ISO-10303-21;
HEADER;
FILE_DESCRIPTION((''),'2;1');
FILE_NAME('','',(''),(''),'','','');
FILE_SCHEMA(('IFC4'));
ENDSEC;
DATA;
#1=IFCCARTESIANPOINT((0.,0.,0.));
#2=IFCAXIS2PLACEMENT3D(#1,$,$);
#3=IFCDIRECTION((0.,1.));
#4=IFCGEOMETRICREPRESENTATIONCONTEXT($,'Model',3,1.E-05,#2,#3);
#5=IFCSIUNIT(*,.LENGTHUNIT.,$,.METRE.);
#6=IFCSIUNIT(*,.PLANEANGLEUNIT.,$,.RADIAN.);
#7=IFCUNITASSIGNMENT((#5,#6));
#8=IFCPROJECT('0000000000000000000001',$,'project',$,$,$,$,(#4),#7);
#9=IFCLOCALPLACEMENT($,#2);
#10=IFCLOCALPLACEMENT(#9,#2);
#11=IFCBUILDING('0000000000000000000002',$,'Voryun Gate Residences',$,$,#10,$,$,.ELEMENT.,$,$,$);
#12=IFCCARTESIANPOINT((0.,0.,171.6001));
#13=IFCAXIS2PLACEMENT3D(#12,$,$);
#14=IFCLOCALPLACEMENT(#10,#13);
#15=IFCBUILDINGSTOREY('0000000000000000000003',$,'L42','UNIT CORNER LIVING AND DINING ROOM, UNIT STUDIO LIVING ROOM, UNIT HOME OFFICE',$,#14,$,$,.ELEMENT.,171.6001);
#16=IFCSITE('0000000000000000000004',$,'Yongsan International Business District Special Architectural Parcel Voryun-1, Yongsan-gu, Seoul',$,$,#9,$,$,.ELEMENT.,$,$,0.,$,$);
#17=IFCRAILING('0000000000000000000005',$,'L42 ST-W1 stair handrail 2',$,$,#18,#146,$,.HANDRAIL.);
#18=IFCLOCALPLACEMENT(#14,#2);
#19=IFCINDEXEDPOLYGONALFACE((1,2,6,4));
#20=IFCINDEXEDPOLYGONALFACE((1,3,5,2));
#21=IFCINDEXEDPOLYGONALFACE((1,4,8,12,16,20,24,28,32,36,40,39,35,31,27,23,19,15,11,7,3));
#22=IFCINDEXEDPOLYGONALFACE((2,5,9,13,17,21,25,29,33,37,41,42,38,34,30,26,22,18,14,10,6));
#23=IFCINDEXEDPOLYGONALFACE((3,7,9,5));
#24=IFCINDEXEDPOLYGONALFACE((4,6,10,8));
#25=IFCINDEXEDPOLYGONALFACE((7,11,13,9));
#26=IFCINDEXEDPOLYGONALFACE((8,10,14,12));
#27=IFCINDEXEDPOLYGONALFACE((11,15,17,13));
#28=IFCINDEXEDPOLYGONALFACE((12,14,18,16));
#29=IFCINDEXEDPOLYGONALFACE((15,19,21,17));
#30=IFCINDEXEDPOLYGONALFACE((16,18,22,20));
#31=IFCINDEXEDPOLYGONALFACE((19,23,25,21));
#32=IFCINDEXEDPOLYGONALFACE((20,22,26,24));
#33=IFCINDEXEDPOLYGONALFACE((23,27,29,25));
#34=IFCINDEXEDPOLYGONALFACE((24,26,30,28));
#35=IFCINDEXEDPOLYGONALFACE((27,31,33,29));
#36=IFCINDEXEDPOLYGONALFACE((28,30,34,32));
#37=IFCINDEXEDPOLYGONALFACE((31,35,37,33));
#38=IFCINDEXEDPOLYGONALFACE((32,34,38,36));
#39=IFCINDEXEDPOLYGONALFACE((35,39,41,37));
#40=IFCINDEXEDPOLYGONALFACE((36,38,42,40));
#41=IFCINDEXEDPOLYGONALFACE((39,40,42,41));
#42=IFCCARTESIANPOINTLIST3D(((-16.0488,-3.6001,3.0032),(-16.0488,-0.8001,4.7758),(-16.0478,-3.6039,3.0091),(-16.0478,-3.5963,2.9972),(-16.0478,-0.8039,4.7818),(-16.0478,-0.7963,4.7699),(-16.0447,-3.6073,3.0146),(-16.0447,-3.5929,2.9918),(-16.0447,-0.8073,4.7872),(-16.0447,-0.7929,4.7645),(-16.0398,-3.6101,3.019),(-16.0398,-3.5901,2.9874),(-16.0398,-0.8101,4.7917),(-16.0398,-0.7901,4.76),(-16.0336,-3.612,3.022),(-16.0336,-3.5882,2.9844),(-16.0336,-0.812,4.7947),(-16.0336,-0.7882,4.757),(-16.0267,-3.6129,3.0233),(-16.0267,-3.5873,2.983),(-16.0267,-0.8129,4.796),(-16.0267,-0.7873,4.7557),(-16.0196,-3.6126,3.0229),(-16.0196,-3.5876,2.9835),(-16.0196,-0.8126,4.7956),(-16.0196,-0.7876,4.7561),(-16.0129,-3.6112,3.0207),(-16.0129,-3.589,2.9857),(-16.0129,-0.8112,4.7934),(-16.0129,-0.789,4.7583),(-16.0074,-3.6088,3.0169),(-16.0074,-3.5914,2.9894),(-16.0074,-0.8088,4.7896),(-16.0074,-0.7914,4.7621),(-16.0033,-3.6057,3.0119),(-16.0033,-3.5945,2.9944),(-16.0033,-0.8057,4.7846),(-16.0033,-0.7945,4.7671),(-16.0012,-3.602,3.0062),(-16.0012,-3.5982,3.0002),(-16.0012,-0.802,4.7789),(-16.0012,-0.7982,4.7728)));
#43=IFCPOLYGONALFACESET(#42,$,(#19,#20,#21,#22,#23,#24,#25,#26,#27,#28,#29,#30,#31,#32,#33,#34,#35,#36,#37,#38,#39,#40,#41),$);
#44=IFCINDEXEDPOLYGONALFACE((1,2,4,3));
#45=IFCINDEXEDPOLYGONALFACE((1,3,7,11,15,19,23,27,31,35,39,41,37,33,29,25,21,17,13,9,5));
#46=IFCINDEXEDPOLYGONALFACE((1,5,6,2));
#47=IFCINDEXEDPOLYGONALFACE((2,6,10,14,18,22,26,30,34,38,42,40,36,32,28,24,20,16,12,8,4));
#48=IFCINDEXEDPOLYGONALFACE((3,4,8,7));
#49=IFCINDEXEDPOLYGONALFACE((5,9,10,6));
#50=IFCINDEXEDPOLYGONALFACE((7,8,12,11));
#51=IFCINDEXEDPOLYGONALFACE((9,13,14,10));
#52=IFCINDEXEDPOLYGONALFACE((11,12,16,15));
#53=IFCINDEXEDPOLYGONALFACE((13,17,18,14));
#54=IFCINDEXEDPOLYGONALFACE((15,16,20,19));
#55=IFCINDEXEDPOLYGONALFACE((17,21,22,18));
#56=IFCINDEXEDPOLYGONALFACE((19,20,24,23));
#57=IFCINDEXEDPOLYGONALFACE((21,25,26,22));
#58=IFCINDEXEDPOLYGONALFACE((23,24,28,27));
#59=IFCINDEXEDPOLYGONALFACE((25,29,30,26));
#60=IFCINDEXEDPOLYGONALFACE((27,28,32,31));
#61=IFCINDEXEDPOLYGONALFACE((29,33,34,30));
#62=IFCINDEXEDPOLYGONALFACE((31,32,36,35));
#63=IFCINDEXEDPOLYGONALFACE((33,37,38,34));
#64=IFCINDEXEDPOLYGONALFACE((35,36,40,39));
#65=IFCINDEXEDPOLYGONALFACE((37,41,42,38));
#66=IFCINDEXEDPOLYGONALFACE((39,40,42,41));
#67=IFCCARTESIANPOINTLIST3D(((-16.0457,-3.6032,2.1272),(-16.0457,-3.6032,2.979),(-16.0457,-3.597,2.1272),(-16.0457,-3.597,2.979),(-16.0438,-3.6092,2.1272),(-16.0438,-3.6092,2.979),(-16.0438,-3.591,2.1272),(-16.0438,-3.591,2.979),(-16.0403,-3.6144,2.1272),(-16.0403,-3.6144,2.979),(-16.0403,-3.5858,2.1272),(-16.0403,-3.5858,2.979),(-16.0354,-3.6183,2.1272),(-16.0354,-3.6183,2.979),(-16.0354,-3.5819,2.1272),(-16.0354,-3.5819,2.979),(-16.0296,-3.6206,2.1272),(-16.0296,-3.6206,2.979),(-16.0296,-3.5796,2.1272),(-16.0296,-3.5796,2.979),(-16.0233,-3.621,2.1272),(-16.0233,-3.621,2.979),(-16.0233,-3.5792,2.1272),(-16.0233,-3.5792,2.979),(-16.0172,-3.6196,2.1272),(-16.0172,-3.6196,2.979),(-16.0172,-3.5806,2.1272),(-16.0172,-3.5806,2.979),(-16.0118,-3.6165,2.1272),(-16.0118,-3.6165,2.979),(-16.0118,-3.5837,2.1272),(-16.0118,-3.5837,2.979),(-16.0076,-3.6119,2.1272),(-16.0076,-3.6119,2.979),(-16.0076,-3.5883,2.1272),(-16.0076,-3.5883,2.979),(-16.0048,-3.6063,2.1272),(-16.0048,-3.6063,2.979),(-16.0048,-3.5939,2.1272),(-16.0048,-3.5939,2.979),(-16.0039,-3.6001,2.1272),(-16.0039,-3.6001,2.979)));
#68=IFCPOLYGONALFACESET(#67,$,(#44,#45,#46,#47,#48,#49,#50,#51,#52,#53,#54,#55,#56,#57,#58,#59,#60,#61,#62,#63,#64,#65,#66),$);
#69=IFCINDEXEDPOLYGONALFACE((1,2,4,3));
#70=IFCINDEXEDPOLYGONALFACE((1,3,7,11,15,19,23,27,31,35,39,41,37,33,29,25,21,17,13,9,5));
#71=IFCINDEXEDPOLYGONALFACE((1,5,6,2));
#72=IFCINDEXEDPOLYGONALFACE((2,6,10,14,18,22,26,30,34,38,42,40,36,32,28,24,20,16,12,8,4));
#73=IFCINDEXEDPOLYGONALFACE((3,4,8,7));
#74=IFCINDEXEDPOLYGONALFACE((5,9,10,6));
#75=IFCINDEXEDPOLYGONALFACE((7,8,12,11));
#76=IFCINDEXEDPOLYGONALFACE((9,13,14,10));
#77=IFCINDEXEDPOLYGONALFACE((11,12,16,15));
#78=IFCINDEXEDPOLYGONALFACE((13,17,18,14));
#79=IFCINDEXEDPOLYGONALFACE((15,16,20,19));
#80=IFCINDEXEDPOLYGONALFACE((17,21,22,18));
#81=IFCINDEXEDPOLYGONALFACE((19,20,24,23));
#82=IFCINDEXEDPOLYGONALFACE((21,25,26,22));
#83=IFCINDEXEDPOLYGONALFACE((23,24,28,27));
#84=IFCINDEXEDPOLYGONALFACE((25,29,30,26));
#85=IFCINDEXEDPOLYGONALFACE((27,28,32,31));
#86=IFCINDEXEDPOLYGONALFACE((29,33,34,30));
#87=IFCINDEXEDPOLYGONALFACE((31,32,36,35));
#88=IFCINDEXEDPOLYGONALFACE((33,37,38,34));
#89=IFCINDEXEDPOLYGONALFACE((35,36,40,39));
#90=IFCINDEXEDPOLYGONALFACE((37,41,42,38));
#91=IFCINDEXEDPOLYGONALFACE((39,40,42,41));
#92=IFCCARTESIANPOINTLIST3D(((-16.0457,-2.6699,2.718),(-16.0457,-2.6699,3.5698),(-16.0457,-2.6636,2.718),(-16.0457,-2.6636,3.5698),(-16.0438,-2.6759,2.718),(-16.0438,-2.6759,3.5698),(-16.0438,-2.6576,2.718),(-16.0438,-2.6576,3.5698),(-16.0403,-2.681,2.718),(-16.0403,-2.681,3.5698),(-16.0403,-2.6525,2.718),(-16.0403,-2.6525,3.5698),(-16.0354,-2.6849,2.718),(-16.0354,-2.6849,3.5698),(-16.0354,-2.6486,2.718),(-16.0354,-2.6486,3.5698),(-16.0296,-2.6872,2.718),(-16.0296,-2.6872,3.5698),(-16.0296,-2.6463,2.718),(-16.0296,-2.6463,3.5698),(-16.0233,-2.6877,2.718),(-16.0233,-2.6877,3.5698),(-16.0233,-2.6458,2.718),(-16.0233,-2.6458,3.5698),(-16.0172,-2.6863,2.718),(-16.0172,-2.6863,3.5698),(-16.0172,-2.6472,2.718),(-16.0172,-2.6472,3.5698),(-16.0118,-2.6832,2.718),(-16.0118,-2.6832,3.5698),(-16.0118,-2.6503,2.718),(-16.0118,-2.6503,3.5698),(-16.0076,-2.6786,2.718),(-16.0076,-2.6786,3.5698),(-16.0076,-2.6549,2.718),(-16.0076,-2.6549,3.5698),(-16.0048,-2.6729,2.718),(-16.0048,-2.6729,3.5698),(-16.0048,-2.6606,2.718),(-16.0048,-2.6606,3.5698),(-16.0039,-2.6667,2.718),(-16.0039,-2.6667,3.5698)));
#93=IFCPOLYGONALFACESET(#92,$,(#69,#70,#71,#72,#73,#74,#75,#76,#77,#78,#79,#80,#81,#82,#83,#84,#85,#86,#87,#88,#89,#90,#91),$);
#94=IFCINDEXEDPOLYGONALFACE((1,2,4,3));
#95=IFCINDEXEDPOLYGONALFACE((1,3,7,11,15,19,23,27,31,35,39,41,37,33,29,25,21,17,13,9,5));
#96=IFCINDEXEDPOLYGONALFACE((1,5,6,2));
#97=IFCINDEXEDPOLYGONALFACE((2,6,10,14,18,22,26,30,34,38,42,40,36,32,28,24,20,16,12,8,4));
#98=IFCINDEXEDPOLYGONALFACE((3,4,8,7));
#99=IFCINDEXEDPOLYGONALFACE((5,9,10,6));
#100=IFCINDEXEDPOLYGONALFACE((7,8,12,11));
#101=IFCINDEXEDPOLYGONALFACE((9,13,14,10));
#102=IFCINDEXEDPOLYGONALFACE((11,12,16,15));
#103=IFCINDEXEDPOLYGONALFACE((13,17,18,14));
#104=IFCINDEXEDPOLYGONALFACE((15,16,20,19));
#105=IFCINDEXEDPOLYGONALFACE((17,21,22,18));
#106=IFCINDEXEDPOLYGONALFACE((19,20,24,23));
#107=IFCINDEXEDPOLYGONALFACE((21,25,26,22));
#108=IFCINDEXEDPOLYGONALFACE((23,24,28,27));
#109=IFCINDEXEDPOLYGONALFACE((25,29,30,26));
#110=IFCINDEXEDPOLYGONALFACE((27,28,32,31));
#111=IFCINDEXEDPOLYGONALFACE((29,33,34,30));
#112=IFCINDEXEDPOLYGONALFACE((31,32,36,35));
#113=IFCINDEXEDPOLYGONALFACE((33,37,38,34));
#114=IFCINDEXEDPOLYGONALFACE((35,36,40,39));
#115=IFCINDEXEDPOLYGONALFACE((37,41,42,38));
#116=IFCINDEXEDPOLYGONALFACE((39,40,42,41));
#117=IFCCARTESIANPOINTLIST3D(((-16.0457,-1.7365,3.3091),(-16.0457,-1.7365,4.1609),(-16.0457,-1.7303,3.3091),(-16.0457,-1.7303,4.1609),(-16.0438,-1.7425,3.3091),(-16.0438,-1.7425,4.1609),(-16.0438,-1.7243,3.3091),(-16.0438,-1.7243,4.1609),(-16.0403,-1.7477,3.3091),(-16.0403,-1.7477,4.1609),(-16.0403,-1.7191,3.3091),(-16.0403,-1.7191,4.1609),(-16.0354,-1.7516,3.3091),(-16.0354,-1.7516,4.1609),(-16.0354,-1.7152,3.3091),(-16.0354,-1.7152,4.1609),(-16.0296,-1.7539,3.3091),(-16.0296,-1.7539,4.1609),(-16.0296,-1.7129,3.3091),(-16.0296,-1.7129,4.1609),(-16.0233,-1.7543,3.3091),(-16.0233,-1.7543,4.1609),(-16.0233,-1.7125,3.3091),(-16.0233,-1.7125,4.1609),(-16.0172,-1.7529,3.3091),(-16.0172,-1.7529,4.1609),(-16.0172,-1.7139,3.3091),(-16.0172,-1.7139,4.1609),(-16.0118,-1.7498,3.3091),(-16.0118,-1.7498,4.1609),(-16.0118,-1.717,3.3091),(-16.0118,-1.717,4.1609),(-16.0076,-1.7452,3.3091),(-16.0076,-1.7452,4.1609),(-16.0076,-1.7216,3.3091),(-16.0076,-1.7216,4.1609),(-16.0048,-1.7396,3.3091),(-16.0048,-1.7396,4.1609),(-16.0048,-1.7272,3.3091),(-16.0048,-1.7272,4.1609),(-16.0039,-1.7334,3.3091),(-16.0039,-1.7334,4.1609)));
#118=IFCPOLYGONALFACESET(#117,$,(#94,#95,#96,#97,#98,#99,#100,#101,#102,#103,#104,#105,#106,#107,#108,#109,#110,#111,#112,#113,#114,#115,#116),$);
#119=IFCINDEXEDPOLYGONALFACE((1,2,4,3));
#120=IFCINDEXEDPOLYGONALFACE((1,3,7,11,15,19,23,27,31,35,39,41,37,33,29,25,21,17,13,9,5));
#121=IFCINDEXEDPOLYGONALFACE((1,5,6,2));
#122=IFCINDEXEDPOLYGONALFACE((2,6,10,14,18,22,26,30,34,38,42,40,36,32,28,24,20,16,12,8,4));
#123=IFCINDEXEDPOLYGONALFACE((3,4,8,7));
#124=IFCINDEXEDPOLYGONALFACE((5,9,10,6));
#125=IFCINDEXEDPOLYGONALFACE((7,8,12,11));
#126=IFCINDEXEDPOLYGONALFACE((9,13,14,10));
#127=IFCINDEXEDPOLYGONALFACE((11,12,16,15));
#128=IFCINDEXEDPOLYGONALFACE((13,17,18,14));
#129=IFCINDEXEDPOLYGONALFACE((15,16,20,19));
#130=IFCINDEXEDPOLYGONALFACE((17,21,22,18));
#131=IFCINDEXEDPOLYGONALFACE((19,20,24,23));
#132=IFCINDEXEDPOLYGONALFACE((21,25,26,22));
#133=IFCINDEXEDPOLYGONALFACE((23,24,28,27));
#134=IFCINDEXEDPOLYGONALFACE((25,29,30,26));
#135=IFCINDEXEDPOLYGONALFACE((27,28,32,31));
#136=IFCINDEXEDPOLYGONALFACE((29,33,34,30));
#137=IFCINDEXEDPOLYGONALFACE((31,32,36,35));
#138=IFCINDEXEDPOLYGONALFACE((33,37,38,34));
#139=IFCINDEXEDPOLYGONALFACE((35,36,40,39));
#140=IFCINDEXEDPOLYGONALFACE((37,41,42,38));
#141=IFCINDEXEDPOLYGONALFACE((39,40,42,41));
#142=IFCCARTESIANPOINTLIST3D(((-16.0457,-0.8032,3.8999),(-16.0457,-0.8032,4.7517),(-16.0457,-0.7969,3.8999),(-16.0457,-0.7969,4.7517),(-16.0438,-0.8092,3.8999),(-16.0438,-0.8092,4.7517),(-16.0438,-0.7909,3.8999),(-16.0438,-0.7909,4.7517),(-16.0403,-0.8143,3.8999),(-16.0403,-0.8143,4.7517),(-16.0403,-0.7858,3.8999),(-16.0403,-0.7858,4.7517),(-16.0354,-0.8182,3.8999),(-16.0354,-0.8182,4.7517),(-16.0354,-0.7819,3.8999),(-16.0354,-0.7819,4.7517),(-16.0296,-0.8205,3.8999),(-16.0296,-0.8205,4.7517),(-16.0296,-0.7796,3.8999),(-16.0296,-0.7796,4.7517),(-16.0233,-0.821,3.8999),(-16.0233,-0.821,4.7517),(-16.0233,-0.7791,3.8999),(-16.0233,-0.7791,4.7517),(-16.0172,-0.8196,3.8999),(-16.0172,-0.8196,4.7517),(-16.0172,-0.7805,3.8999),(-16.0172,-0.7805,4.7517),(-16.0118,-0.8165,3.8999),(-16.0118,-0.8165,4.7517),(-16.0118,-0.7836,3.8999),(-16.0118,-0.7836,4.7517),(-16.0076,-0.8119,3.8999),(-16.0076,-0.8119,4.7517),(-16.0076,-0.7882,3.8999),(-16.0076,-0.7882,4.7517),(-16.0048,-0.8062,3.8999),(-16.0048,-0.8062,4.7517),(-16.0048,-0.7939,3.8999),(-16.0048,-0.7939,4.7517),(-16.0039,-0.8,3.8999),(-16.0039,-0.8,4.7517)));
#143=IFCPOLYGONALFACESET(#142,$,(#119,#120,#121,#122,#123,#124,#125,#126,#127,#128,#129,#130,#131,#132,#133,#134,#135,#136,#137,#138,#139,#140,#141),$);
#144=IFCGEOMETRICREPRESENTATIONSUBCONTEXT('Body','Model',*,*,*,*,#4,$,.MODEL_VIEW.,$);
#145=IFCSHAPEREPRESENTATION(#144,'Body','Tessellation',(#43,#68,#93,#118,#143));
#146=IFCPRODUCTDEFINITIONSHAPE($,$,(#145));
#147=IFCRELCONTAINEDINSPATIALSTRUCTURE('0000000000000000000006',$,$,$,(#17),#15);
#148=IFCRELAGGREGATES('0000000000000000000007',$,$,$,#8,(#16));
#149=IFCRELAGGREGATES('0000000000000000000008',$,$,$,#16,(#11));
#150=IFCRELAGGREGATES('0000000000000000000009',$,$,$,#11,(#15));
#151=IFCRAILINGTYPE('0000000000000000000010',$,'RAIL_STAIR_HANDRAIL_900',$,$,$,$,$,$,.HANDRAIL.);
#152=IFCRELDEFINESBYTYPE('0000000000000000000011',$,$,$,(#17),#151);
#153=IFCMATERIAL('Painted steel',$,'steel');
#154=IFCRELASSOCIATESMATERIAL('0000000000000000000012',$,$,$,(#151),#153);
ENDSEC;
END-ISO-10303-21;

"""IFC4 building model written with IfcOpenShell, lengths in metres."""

from ifc_helpers import new_model, si_unit, direction, frame, origin, origin_2d, place, context, subcontext, project, spatial, circle, extrude, material, type_object, element, save


model = new_model("IFC4")

# Units and contexts
model_context = context("Model", 3, precision=1e-05, world=origin(), true_north=direction((0.0, 1.0)))
body_context = subcontext(model_context, "Body", "Model", "MODEL_VIEW")
ifc_project = project(units=[si_unit("LENGTHUNIT", "METRE"), si_unit("PLANEANGLEUNIT", "RADIAN")], contexts=[model_context])

# Site, building, storey
site_placement = place(None, origin())
site = spatial("IfcSite", under=ifc_project, at=site_placement, Name="Yongsan International Business District Special Architectural Parcel Voryun-1, Yongsan-gu, Seoul", CompositionType="ELEMENT", RefElevation=0.0)
building_placement = place(site_placement, origin())
building = spatial("IfcBuilding", under=site, at=building_placement, Name="Voryun Gate Residences", CompositionType="ELEMENT")
storey_placement = place(building_placement, frame((0.0, 0.0, 171.6001)))
storey = spatial("IfcBuildingStorey", under=building, at=storey_placement, Name="L42", Description="UNIT CORNER LIVING AND DINING ROOM, UNIT STUDIO LIVING ROOM, UNIT HOME OFFICE", CompositionType="ELEMENT", Elevation=171.6001)

# Railing
ifc_material_1 = material(Name="Painted steel", Category="steel")
railing_type_1 = type_object("IfcRailingType", Name="RAIL_STAIR_HANDRAIL_900", PredefinedType="HANDRAIL", material=ifc_material_1)
railing_1_placement = place(storey_placement, frame((-16.0249, -3.6001, 2.1272)))
element("IfcRailing", 1, at=railing_1_placement, inside=storey, type_object=railing_type_1, Name="L42 ST-W1 stair handrail 2", PredefinedType="HANDRAIL", context=body_context, shape_type="SweptSolid", body=[
    extrude(circle(Radius=0.0239, at=origin_2d()), frame((0.0, 0.0, 0.876), z_axis=(0.0, 0.844909, 0.53491), x_axis=(-1.0, 0.0, 0.0)), (0.0, 0.0, 1.0), 3.314),
    extrude(circle(Radius=0.021, at=origin_2d()), origin(), (0.0, 0.0, 1.0), 0.8518),
    extrude(circle(Radius=0.021, at=origin_2d()), frame((0.0, 0.9333, 0.5908)), (0.0, 0.0, 1.0), 0.8518),
    extrude(circle(Radius=0.021, at=origin_2d()), frame((0.0, 1.8667, 1.1819)), (0.0, 0.0, 1.0), 0.8518),
    extrude(circle(Radius=0.021, at=origin_2d()), frame((0.0, 2.8, 1.7727)), (0.0, 0.0, 1.0), 0.8518),
])

save(model, "model.ifc")
